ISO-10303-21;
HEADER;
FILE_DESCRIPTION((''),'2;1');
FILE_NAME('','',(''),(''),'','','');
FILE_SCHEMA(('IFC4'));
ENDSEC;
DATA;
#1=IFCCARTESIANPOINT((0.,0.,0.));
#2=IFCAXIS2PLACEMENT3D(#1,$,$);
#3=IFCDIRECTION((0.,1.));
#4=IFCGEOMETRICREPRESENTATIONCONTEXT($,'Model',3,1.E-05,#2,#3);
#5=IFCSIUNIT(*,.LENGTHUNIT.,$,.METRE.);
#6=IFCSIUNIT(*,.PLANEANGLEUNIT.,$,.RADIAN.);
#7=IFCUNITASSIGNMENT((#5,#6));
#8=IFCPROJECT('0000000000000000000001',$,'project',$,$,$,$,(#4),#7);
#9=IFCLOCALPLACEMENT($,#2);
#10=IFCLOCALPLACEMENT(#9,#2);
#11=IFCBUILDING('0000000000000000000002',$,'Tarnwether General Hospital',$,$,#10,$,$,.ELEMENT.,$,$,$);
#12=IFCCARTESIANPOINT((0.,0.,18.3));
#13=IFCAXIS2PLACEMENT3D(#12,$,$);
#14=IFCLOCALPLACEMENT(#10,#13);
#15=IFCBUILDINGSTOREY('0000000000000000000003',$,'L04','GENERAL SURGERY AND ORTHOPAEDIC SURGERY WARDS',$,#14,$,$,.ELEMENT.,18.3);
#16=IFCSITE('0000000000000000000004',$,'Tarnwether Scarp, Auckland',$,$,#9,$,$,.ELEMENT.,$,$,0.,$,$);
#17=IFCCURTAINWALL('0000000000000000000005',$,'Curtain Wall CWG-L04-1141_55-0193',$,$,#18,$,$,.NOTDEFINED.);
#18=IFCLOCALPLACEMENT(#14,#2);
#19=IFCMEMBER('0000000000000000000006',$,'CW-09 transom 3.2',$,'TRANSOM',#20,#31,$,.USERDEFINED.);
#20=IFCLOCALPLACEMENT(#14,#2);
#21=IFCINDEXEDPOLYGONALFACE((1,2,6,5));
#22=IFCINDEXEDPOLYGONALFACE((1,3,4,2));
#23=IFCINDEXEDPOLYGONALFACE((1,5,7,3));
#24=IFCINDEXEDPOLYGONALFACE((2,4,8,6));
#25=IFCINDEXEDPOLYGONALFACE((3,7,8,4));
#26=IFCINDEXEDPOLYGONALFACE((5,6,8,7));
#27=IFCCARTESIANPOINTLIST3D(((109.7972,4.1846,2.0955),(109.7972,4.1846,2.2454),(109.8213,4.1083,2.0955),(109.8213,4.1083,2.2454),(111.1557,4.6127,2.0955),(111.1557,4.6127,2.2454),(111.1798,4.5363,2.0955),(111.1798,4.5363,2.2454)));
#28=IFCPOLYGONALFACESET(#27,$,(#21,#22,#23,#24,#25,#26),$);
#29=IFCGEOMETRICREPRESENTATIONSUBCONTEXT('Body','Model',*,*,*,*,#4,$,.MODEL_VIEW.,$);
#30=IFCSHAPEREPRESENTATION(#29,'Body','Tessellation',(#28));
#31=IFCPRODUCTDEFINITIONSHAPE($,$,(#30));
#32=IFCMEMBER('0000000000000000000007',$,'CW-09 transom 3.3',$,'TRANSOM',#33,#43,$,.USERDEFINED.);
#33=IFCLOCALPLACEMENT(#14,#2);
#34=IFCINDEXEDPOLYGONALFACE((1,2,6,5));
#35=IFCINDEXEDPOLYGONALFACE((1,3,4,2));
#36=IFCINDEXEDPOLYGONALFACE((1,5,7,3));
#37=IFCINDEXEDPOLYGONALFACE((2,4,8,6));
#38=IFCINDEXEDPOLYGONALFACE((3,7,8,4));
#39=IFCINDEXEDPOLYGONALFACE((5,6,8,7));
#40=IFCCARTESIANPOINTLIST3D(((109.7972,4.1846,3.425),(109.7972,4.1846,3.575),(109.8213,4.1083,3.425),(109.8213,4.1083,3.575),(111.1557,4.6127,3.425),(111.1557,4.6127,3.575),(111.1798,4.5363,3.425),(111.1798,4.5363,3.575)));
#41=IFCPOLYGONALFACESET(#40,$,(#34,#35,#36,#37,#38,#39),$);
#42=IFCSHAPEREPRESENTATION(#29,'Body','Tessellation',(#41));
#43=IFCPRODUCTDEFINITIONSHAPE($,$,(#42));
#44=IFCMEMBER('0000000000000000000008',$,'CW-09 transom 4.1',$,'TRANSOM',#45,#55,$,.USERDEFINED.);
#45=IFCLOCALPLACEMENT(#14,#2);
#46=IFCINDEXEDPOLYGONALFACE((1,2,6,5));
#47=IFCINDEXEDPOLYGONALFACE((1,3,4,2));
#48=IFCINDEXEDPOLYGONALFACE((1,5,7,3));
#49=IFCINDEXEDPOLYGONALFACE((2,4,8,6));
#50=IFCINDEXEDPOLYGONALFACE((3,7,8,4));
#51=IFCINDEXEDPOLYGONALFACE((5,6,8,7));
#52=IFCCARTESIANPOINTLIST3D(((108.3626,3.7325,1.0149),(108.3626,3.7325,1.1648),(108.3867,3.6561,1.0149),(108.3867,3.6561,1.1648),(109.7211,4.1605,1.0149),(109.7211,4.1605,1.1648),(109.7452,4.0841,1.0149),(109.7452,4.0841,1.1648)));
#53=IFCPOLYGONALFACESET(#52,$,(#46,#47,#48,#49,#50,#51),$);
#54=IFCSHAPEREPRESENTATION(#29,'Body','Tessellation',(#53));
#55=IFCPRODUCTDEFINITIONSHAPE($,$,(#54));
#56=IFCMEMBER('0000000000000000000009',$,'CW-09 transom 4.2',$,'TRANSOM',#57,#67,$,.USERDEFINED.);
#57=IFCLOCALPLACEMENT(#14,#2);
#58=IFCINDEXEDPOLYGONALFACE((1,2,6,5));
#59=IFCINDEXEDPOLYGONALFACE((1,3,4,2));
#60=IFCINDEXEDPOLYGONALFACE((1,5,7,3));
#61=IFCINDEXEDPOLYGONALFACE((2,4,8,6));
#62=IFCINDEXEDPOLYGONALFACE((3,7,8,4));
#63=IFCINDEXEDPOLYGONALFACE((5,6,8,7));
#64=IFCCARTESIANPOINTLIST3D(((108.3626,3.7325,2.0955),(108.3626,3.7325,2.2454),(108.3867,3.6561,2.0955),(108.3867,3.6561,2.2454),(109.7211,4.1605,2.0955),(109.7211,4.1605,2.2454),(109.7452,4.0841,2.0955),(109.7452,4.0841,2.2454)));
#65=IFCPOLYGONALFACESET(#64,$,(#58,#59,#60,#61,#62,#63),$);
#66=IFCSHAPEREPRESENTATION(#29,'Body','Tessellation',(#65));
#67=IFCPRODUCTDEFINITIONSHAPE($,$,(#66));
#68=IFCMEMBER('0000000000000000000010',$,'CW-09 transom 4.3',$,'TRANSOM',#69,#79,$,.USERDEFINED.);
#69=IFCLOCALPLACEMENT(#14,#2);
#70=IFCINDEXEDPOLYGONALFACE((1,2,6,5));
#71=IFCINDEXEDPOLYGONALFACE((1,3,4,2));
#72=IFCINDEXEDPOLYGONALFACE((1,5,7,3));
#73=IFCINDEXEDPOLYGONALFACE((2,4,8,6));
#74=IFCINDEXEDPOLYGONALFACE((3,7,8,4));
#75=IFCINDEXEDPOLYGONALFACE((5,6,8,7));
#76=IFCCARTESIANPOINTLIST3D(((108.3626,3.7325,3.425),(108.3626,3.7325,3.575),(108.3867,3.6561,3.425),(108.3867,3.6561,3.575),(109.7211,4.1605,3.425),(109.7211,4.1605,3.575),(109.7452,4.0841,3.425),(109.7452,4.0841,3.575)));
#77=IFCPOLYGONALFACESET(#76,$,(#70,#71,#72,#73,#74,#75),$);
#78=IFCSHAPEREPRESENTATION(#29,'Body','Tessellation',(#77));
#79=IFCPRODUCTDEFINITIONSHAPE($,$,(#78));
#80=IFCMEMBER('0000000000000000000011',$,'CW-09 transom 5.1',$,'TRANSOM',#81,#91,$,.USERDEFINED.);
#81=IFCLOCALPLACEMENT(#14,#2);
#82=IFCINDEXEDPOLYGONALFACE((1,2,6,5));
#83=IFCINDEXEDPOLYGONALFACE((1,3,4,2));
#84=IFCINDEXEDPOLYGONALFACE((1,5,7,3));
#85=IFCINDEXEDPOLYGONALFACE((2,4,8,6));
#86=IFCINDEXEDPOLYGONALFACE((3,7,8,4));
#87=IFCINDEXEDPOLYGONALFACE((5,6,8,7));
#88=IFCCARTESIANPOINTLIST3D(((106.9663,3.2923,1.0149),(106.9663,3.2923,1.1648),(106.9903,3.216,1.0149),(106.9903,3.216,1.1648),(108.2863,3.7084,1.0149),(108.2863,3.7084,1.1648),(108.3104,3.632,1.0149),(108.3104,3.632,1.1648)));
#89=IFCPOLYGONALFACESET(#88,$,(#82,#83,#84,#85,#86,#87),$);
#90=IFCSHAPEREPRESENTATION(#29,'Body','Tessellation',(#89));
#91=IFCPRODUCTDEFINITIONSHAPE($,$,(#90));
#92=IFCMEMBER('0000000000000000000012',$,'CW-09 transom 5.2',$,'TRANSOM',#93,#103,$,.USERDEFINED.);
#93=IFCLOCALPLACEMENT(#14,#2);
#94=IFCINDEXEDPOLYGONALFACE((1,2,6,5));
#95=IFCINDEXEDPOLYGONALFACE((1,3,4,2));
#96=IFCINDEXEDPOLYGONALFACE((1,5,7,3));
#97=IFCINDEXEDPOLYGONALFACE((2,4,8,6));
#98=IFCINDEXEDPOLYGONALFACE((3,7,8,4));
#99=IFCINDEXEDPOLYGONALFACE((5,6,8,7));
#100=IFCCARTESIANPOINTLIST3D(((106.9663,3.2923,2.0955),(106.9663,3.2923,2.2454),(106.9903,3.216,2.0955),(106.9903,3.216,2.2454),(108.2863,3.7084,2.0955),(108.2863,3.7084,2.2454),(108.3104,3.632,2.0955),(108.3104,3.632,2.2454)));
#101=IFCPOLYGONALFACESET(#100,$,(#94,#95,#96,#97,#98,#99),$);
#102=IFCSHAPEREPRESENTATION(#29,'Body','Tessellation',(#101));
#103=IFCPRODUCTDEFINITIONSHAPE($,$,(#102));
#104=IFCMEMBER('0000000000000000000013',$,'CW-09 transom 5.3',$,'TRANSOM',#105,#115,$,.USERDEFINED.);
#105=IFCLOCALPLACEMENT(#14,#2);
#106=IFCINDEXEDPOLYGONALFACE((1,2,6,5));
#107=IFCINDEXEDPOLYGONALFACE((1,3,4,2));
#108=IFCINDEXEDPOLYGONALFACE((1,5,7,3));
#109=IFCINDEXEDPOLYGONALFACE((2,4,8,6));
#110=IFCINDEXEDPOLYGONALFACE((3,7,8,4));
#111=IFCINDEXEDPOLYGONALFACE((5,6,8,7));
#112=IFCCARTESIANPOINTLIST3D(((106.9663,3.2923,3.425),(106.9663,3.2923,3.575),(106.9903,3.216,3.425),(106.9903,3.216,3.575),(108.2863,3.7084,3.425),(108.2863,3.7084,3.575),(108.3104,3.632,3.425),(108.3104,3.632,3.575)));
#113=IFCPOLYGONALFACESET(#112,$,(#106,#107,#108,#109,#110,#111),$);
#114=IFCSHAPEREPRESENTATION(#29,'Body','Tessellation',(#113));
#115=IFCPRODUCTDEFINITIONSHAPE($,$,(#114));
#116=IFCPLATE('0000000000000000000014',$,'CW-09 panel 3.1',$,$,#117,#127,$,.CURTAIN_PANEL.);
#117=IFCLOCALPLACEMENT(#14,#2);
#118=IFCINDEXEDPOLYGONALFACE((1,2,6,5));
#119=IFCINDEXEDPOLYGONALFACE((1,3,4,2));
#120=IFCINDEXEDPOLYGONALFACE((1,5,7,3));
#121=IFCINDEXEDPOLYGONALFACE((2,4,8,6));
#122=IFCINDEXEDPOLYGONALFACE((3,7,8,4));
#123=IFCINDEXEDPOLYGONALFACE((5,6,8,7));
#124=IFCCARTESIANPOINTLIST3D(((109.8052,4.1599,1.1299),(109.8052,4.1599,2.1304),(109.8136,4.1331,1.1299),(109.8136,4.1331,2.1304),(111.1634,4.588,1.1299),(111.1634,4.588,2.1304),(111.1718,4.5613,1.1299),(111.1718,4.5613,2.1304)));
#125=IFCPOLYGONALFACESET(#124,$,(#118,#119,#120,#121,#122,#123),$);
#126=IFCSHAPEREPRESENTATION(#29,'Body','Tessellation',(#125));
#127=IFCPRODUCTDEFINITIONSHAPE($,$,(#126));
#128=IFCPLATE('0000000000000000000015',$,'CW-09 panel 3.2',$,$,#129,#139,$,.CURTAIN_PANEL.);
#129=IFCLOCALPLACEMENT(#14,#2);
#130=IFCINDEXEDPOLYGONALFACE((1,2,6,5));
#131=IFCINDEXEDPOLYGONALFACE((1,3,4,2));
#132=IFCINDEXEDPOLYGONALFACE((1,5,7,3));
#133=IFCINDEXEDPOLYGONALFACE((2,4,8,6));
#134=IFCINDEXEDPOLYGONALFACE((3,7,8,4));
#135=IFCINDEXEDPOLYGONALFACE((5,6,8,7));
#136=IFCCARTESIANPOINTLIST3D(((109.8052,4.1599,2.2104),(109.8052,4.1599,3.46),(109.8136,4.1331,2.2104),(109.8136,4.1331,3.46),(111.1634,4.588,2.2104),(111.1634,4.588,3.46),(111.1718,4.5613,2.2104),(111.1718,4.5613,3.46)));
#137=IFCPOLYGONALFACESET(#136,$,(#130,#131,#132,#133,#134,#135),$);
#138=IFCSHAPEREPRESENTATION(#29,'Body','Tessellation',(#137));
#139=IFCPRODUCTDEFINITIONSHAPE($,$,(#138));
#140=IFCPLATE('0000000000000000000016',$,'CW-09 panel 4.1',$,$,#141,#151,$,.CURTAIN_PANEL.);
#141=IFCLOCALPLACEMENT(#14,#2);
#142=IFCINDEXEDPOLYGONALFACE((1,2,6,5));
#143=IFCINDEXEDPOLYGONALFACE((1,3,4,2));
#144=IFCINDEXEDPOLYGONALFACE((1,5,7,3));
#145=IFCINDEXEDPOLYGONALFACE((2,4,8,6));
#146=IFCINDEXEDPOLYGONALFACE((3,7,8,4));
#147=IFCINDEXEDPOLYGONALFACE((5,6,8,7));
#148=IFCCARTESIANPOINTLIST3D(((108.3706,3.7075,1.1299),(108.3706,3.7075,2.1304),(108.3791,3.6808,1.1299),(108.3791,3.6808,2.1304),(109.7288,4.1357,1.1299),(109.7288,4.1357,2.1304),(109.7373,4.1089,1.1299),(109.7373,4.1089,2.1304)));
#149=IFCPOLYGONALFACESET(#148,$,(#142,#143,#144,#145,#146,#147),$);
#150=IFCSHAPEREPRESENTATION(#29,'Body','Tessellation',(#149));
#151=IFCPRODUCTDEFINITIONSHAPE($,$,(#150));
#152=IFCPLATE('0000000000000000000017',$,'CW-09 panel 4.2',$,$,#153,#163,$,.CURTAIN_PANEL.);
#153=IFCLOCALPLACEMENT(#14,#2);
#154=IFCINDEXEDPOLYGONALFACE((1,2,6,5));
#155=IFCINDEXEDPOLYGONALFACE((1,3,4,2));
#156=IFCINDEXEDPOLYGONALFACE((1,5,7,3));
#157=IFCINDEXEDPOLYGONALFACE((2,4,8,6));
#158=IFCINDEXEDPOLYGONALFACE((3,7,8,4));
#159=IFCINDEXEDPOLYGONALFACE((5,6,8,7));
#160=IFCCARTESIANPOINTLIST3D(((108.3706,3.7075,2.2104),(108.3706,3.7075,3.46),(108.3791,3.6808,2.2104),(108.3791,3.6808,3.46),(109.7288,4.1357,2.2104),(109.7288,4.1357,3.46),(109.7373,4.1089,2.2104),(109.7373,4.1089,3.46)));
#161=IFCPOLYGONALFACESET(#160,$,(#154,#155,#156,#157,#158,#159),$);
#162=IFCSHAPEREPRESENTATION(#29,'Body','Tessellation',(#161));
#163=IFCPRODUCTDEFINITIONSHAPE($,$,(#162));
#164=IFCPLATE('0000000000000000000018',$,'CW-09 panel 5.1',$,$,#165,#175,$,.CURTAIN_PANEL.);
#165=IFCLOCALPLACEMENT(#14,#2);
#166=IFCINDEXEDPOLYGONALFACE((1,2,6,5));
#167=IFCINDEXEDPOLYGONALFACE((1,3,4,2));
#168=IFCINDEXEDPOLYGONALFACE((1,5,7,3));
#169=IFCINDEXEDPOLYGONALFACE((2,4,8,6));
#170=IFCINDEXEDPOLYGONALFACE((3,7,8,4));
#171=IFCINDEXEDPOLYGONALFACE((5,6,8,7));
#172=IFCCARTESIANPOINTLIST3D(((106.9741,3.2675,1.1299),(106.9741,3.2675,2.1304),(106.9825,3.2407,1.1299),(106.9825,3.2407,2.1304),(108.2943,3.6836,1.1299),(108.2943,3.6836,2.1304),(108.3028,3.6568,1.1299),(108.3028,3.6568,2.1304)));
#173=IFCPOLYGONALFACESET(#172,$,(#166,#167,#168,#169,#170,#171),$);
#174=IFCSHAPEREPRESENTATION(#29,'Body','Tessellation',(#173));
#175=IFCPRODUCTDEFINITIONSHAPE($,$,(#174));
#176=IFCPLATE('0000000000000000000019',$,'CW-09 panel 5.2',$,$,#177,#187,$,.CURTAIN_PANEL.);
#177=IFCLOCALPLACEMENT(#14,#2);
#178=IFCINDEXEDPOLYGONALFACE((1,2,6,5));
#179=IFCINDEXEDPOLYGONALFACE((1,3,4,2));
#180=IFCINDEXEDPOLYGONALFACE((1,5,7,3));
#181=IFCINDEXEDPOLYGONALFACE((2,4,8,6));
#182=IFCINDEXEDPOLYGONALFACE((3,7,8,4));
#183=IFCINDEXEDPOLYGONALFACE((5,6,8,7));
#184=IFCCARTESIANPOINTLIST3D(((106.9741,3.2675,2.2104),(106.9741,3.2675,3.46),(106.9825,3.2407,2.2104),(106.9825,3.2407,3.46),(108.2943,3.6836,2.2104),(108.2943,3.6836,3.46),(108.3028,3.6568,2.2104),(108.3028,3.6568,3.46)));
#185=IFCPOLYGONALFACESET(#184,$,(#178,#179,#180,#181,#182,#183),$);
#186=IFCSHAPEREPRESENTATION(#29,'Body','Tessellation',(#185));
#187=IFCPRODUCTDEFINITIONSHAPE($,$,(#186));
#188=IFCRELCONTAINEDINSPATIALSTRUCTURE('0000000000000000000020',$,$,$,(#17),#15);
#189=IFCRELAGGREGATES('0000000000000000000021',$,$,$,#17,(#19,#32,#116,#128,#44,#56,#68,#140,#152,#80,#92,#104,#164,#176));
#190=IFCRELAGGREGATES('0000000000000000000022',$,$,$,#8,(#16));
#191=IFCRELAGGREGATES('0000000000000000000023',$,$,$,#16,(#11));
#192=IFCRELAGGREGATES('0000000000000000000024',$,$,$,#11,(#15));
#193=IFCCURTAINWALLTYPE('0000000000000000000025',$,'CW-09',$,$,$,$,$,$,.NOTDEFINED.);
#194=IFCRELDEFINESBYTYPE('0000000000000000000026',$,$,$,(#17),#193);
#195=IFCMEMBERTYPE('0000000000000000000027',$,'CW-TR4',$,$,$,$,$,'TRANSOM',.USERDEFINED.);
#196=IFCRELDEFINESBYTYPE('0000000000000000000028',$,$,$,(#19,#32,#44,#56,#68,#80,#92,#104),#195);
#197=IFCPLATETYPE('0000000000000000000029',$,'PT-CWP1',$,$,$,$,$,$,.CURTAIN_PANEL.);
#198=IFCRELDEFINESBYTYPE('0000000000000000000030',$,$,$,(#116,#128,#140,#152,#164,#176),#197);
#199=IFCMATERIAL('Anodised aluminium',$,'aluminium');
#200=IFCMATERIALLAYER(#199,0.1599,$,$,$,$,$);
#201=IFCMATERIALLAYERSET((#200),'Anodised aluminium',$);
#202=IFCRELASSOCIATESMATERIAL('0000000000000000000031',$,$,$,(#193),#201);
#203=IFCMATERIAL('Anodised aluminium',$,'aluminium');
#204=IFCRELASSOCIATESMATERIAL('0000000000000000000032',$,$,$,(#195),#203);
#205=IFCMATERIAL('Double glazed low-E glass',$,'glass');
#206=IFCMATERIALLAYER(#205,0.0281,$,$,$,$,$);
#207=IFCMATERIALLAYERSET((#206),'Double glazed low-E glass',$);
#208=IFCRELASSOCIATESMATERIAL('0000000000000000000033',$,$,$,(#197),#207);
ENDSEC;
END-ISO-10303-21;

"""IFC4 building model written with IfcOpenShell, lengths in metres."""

from ifc_helpers import new_model, si_unit, direction, frame, origin, origin_2d, place, context, subcontext, project, spatial, rectangle, extrude, material, layer, layer_set, material_profile, profile_set, type_object, element, aggregate, save


model = new_model("IFC4")

# Units and contexts
model_context = context("Model", 3, precision=1e-05, world=origin(), true_north=direction((0.0, 1.0)))
body_context = subcontext(model_context, "Body", "Model", "MODEL_VIEW")
ifc_project = project(units=[si_unit("LENGTHUNIT", "METRE"), si_unit("PLANEANGLEUNIT", "RADIAN")], contexts=[model_context])

# Site, building, storey
site_placement = place(None, origin())
site = spatial("IfcSite", under=ifc_project, at=site_placement, Name="Tarnwether Scarp, Auckland", CompositionType="ELEMENT", RefElevation=0.0)
building_placement = place(site_placement, origin())
building = spatial("IfcBuilding", under=site, at=building_placement, Name="Tarnwether General Hospital", CompositionType="ELEMENT")
storey_placement = place(building_placement, frame((0.0, 0.0, 18.3)))
storey = spatial("IfcBuildingStorey", under=building, at=storey_placement, Name="L04", Description="GENERAL SURGERY AND ORTHOPAEDIC SURGERY WARDS", CompositionType="ELEMENT", Elevation=18.3)

# Curtain wall
ifc_material_1 = material(Name="Anodised aluminium", Category="aluminium")
ifc_layer_1 = layer(ifc_material_1, 0.1599)
ifc_layer_set_1 = layer_set([ifc_layer_1], Name="Anodised aluminium")
curtain_wall_type = type_object("IfcCurtainWallType", Name="CW-09", PredefinedType="NOTDEFINED", material=ifc_layer_set_1)
curtain_wall_1_placement = place(storey_placement, origin())
curtain_wall_1 = element("IfcCurtainWall", 1, at=curtain_wall_1_placement, inside=storey, type_object=curtain_wall_type, Name="Curtain Wall CWG-L04-1141_55-0193", PredefinedType="NOTDEFINED")

# Members
ifc_material_2 = material(Name="Anodised aluminium", Category="aluminium")
ifc_material_profile_1 = material_profile(ifc_material_2, rectangle(XDim=0.0801, YDim=0.1499, at=origin_2d()), Name="ALU-TRN-80x150")
ifc_profile_set_1 = profile_set([ifc_material_profile_1], Name="Anodised aluminium")
member_type_1 = type_object("IfcMemberType", Name="CW-TR4", ElementType="TRANSOM", PredefinedType="USERDEFINED", material=ifc_profile_set_1)
member_1_placement = place(storey_placement, frame((111.1677, 4.5745, 2.1704), z_axis=(-0.953782, -0.3005, 0.0), x_axis=(0.3005, -0.953782, 0.0)))
member_1 = element("IfcMember", 2, at=member_1_placement, type_object=member_type_1, Name="CW-09 transom 3.2", ObjectType="TRANSOM", PredefinedType="USERDEFINED", context=body_context, shape_type="SweptSolid", body=[
    extrude(rectangle(XDim=0.0801, YDim=0.1499, at=origin_2d()), origin(), (0.0, 0.0, 1.0), 1.4243),
])
member_2_placement = place(storey_placement, frame((111.1677, 4.5745, 3.5), z_axis=(-0.953782, -0.3005, 0.0), x_axis=(0.3005, -0.953782, 0.0)))
member_2 = element("IfcMember", 3, at=member_2_placement, type_object=member_type_1, Name="CW-09 transom 3.3", ObjectType="TRANSOM", PredefinedType="USERDEFINED", context=body_context, shape_type="SweptSolid", body=[
    extrude(rectangle(XDim=0.0801, YDim=0.1499, at=origin_2d()), origin(), (0.0, 0.0, 1.0), 1.4243),
])
member_3_placement = place(storey_placement, frame((109.7332, 4.1223, 1.0898), z_axis=(-0.953782, -0.3005, 0.0), x_axis=(0.3005, -0.953782, 0.0)))
member_3 = element("IfcMember", 4, at=member_3_placement, type_object=member_type_1, Name="CW-09 transom 4.1", ObjectType="TRANSOM", PredefinedType="USERDEFINED", context=body_context, shape_type="SweptSolid", body=[
    extrude(rectangle(XDim=0.0801, YDim=0.1499, at=origin_2d()), origin(), (0.0, 0.0, 1.0), 1.4243),
])
member_4_placement = place(storey_placement, frame((109.7332, 4.1223, 2.1704), z_axis=(-0.953782, -0.3005, 0.0), x_axis=(0.3005, -0.953782, 0.0)))
member_4 = element("IfcMember", 5, at=member_4_placement, type_object=member_type_1, Name="CW-09 transom 4.2", ObjectType="TRANSOM", PredefinedType="USERDEFINED", context=body_context, shape_type="SweptSolid", body=[
    extrude(rectangle(XDim=0.0801, YDim=0.1499, at=origin_2d()), origin(), (0.0, 0.0, 1.0), 1.4243),
])
member_5_placement = place(storey_placement, frame((109.7332, 4.1223, 3.5), z_axis=(-0.953782, -0.3005, 0.0), x_axis=(0.3005, -0.953782, 0.0)))
member_5 = element("IfcMember", 6, at=member_5_placement, type_object=member_type_1, Name="CW-09 transom 4.3", ObjectType="TRANSOM", PredefinedType="USERDEFINED", context=body_context, shape_type="SweptSolid", body=[
    extrude(rectangle(XDim=0.0801, YDim=0.1499, at=origin_2d()), origin(), (0.0, 0.0, 1.0), 1.4243),
])
member_6_placement = place(storey_placement, frame((108.2983, 3.6702, 1.0898), z_axis=(-0.953758, -0.300574, 0.0), x_axis=(0.300574, -0.953758, 0.0)))
member_6 = element("IfcMember", 7, at=member_6_placement, type_object=member_type_1, Name="CW-09 transom 5.1", ObjectType="TRANSOM", PredefinedType="USERDEFINED", context=body_context, shape_type="SweptSolid", body=[
    extrude(rectangle(XDim=0.0801, YDim=0.1499, at=origin_2d()), origin(), (0.0, 0.0, 1.0), 1.384),
])
member_7_placement = place(storey_placement, frame((108.2983, 3.6702, 2.1704), z_axis=(-0.953758, -0.300574, 0.0), x_axis=(0.300574, -0.953758, 0.0)))
member_7 = element("IfcMember", 8, at=member_7_placement, type_object=member_type_1, Name="CW-09 transom 5.2", ObjectType="TRANSOM", PredefinedType="USERDEFINED", context=body_context, shape_type="SweptSolid", body=[
    extrude(rectangle(XDim=0.0801, YDim=0.1499, at=origin_2d()), origin(), (0.0, 0.0, 1.0), 1.384),
])
member_8_placement = place(storey_placement, frame((108.2983, 3.6702, 3.5), z_axis=(-0.953758, -0.300574, 0.0), x_axis=(0.300574, -0.953758, 0.0)))
member_8 = element("IfcMember", 9, at=member_8_placement, type_object=member_type_1, Name="CW-09 transom 5.3", ObjectType="TRANSOM", PredefinedType="USERDEFINED", context=body_context, shape_type="SweptSolid", body=[
    extrude(rectangle(XDim=0.0801, YDim=0.1499, at=origin_2d()), origin(), (0.0, 0.0, 1.0), 1.384),
])

# Plates
ifc_material_3 = material(Name="Double glazed low-E glass", Category="glass")
ifc_layer_2 = layer(ifc_material_3, 0.0281)
ifc_layer_set_2 = layer_set([ifc_layer_2], Name="Double glazed low-E glass")
plate_type_1 = type_object("IfcPlateType", Name="PT-CWP1", PredefinedType="CURTAIN_PANEL", material=ifc_layer_set_2)
plate_1_placement = place(storey_placement, frame((110.4885, 4.3606, 1.1299), z_axis=(0.0, 0.0, 1.0), x_axis=(-0.953741, -0.300629, 0.0)))
plate_1 = element("IfcPlate", 10, at=plate_1_placement, type_object=plate_type_1, Name="CW-09 panel 3.1", PredefinedType="CURTAIN_PANEL", context=body_context, shape_type="SweptSolid", body=[
    extrude(rectangle(XDim=1.4241, YDim=0.0281, at=origin_2d()), origin(), (0.0, 0.0, 1.0), 1.0005),
])
plate_2_placement = place(storey_placement, frame((110.4885, 4.3606, 2.2104), z_axis=(0.0, 0.0, 1.0), x_axis=(-0.953741, -0.300629, 0.0)))
plate_2 = element("IfcPlate", 11, at=plate_2_placement, type_object=plate_type_1, Name="CW-09 panel 3.2", PredefinedType="CURTAIN_PANEL", context=body_context, shape_type="SweptSolid", body=[
    extrude(rectangle(XDim=1.4241, YDim=0.0281, at=origin_2d()), origin(), (0.0, 0.0, 1.0), 1.2495),
])
plate_3_placement = place(storey_placement, frame((109.054, 3.9082, 1.1299), z_axis=(0.0, 0.0, 1.0), x_axis=(-0.953741, -0.300629, 0.0)))
plate_3 = element("IfcPlate", 12, at=plate_3_placement, type_object=plate_type_1, Name="CW-09 panel 4.1", PredefinedType="CURTAIN_PANEL", context=body_context, shape_type="SweptSolid", body=[
    extrude(rectangle(XDim=1.4241, YDim=0.0281, at=origin_2d()), origin(), (0.0, 0.0, 1.0), 1.0005),
])
plate_4_placement = place(storey_placement, frame((109.054, 3.9082, 2.2104), z_axis=(0.0, 0.0, 1.0), x_axis=(-0.953741, -0.300629, 0.0)))
plate_4 = element("IfcPlate", 13, at=plate_4_placement, type_object=plate_type_1, Name="CW-09 panel 4.2", PredefinedType="CURTAIN_PANEL", context=body_context, shape_type="SweptSolid", body=[
    extrude(rectangle(XDim=1.4241, YDim=0.0281, at=origin_2d()), origin(), (0.0, 0.0, 1.0), 1.2495),
])
plate_5_placement = place(storey_placement, frame((107.6384, 3.4622, 1.1299), z_axis=(0.0, 0.0, 1.0), x_axis=(-0.953741, -0.300629, 0.0)))
plate_5 = element("IfcPlate", 14, at=plate_5_placement, type_object=plate_type_1, Name="CW-09 panel 5.1", PredefinedType="CURTAIN_PANEL", context=body_context, shape_type="SweptSolid", body=[
    extrude(rectangle(XDim=1.3843, YDim=0.0281, at=origin_2d()), origin(), (0.0, 0.0, 1.0), 1.0005),
])
plate_6_placement = place(storey_placement, frame((107.6384, 3.4622, 2.2104), z_axis=(0.0, 0.0, 1.0), x_axis=(-0.953741, -0.300629, 0.0)))
plate_6 = element("IfcPlate", 15, at=plate_6_placement, type_object=plate_type_1, Name="CW-09 panel 5.2", PredefinedType="CURTAIN_PANEL", context=body_context, shape_type="SweptSolid", body=[
    extrude(rectangle(XDim=1.3843, YDim=0.0281, at=origin_2d()), origin(), (0.0, 0.0, 1.0), 1.2495),
])
aggregate(curtain_wall_1, [member_1, member_2, plate_1, plate_2, member_3, member_4, member_5, plate_3, plate_4, member_6, member_7, member_8, plate_5, plate_6])

save(model, "model.ifc")
